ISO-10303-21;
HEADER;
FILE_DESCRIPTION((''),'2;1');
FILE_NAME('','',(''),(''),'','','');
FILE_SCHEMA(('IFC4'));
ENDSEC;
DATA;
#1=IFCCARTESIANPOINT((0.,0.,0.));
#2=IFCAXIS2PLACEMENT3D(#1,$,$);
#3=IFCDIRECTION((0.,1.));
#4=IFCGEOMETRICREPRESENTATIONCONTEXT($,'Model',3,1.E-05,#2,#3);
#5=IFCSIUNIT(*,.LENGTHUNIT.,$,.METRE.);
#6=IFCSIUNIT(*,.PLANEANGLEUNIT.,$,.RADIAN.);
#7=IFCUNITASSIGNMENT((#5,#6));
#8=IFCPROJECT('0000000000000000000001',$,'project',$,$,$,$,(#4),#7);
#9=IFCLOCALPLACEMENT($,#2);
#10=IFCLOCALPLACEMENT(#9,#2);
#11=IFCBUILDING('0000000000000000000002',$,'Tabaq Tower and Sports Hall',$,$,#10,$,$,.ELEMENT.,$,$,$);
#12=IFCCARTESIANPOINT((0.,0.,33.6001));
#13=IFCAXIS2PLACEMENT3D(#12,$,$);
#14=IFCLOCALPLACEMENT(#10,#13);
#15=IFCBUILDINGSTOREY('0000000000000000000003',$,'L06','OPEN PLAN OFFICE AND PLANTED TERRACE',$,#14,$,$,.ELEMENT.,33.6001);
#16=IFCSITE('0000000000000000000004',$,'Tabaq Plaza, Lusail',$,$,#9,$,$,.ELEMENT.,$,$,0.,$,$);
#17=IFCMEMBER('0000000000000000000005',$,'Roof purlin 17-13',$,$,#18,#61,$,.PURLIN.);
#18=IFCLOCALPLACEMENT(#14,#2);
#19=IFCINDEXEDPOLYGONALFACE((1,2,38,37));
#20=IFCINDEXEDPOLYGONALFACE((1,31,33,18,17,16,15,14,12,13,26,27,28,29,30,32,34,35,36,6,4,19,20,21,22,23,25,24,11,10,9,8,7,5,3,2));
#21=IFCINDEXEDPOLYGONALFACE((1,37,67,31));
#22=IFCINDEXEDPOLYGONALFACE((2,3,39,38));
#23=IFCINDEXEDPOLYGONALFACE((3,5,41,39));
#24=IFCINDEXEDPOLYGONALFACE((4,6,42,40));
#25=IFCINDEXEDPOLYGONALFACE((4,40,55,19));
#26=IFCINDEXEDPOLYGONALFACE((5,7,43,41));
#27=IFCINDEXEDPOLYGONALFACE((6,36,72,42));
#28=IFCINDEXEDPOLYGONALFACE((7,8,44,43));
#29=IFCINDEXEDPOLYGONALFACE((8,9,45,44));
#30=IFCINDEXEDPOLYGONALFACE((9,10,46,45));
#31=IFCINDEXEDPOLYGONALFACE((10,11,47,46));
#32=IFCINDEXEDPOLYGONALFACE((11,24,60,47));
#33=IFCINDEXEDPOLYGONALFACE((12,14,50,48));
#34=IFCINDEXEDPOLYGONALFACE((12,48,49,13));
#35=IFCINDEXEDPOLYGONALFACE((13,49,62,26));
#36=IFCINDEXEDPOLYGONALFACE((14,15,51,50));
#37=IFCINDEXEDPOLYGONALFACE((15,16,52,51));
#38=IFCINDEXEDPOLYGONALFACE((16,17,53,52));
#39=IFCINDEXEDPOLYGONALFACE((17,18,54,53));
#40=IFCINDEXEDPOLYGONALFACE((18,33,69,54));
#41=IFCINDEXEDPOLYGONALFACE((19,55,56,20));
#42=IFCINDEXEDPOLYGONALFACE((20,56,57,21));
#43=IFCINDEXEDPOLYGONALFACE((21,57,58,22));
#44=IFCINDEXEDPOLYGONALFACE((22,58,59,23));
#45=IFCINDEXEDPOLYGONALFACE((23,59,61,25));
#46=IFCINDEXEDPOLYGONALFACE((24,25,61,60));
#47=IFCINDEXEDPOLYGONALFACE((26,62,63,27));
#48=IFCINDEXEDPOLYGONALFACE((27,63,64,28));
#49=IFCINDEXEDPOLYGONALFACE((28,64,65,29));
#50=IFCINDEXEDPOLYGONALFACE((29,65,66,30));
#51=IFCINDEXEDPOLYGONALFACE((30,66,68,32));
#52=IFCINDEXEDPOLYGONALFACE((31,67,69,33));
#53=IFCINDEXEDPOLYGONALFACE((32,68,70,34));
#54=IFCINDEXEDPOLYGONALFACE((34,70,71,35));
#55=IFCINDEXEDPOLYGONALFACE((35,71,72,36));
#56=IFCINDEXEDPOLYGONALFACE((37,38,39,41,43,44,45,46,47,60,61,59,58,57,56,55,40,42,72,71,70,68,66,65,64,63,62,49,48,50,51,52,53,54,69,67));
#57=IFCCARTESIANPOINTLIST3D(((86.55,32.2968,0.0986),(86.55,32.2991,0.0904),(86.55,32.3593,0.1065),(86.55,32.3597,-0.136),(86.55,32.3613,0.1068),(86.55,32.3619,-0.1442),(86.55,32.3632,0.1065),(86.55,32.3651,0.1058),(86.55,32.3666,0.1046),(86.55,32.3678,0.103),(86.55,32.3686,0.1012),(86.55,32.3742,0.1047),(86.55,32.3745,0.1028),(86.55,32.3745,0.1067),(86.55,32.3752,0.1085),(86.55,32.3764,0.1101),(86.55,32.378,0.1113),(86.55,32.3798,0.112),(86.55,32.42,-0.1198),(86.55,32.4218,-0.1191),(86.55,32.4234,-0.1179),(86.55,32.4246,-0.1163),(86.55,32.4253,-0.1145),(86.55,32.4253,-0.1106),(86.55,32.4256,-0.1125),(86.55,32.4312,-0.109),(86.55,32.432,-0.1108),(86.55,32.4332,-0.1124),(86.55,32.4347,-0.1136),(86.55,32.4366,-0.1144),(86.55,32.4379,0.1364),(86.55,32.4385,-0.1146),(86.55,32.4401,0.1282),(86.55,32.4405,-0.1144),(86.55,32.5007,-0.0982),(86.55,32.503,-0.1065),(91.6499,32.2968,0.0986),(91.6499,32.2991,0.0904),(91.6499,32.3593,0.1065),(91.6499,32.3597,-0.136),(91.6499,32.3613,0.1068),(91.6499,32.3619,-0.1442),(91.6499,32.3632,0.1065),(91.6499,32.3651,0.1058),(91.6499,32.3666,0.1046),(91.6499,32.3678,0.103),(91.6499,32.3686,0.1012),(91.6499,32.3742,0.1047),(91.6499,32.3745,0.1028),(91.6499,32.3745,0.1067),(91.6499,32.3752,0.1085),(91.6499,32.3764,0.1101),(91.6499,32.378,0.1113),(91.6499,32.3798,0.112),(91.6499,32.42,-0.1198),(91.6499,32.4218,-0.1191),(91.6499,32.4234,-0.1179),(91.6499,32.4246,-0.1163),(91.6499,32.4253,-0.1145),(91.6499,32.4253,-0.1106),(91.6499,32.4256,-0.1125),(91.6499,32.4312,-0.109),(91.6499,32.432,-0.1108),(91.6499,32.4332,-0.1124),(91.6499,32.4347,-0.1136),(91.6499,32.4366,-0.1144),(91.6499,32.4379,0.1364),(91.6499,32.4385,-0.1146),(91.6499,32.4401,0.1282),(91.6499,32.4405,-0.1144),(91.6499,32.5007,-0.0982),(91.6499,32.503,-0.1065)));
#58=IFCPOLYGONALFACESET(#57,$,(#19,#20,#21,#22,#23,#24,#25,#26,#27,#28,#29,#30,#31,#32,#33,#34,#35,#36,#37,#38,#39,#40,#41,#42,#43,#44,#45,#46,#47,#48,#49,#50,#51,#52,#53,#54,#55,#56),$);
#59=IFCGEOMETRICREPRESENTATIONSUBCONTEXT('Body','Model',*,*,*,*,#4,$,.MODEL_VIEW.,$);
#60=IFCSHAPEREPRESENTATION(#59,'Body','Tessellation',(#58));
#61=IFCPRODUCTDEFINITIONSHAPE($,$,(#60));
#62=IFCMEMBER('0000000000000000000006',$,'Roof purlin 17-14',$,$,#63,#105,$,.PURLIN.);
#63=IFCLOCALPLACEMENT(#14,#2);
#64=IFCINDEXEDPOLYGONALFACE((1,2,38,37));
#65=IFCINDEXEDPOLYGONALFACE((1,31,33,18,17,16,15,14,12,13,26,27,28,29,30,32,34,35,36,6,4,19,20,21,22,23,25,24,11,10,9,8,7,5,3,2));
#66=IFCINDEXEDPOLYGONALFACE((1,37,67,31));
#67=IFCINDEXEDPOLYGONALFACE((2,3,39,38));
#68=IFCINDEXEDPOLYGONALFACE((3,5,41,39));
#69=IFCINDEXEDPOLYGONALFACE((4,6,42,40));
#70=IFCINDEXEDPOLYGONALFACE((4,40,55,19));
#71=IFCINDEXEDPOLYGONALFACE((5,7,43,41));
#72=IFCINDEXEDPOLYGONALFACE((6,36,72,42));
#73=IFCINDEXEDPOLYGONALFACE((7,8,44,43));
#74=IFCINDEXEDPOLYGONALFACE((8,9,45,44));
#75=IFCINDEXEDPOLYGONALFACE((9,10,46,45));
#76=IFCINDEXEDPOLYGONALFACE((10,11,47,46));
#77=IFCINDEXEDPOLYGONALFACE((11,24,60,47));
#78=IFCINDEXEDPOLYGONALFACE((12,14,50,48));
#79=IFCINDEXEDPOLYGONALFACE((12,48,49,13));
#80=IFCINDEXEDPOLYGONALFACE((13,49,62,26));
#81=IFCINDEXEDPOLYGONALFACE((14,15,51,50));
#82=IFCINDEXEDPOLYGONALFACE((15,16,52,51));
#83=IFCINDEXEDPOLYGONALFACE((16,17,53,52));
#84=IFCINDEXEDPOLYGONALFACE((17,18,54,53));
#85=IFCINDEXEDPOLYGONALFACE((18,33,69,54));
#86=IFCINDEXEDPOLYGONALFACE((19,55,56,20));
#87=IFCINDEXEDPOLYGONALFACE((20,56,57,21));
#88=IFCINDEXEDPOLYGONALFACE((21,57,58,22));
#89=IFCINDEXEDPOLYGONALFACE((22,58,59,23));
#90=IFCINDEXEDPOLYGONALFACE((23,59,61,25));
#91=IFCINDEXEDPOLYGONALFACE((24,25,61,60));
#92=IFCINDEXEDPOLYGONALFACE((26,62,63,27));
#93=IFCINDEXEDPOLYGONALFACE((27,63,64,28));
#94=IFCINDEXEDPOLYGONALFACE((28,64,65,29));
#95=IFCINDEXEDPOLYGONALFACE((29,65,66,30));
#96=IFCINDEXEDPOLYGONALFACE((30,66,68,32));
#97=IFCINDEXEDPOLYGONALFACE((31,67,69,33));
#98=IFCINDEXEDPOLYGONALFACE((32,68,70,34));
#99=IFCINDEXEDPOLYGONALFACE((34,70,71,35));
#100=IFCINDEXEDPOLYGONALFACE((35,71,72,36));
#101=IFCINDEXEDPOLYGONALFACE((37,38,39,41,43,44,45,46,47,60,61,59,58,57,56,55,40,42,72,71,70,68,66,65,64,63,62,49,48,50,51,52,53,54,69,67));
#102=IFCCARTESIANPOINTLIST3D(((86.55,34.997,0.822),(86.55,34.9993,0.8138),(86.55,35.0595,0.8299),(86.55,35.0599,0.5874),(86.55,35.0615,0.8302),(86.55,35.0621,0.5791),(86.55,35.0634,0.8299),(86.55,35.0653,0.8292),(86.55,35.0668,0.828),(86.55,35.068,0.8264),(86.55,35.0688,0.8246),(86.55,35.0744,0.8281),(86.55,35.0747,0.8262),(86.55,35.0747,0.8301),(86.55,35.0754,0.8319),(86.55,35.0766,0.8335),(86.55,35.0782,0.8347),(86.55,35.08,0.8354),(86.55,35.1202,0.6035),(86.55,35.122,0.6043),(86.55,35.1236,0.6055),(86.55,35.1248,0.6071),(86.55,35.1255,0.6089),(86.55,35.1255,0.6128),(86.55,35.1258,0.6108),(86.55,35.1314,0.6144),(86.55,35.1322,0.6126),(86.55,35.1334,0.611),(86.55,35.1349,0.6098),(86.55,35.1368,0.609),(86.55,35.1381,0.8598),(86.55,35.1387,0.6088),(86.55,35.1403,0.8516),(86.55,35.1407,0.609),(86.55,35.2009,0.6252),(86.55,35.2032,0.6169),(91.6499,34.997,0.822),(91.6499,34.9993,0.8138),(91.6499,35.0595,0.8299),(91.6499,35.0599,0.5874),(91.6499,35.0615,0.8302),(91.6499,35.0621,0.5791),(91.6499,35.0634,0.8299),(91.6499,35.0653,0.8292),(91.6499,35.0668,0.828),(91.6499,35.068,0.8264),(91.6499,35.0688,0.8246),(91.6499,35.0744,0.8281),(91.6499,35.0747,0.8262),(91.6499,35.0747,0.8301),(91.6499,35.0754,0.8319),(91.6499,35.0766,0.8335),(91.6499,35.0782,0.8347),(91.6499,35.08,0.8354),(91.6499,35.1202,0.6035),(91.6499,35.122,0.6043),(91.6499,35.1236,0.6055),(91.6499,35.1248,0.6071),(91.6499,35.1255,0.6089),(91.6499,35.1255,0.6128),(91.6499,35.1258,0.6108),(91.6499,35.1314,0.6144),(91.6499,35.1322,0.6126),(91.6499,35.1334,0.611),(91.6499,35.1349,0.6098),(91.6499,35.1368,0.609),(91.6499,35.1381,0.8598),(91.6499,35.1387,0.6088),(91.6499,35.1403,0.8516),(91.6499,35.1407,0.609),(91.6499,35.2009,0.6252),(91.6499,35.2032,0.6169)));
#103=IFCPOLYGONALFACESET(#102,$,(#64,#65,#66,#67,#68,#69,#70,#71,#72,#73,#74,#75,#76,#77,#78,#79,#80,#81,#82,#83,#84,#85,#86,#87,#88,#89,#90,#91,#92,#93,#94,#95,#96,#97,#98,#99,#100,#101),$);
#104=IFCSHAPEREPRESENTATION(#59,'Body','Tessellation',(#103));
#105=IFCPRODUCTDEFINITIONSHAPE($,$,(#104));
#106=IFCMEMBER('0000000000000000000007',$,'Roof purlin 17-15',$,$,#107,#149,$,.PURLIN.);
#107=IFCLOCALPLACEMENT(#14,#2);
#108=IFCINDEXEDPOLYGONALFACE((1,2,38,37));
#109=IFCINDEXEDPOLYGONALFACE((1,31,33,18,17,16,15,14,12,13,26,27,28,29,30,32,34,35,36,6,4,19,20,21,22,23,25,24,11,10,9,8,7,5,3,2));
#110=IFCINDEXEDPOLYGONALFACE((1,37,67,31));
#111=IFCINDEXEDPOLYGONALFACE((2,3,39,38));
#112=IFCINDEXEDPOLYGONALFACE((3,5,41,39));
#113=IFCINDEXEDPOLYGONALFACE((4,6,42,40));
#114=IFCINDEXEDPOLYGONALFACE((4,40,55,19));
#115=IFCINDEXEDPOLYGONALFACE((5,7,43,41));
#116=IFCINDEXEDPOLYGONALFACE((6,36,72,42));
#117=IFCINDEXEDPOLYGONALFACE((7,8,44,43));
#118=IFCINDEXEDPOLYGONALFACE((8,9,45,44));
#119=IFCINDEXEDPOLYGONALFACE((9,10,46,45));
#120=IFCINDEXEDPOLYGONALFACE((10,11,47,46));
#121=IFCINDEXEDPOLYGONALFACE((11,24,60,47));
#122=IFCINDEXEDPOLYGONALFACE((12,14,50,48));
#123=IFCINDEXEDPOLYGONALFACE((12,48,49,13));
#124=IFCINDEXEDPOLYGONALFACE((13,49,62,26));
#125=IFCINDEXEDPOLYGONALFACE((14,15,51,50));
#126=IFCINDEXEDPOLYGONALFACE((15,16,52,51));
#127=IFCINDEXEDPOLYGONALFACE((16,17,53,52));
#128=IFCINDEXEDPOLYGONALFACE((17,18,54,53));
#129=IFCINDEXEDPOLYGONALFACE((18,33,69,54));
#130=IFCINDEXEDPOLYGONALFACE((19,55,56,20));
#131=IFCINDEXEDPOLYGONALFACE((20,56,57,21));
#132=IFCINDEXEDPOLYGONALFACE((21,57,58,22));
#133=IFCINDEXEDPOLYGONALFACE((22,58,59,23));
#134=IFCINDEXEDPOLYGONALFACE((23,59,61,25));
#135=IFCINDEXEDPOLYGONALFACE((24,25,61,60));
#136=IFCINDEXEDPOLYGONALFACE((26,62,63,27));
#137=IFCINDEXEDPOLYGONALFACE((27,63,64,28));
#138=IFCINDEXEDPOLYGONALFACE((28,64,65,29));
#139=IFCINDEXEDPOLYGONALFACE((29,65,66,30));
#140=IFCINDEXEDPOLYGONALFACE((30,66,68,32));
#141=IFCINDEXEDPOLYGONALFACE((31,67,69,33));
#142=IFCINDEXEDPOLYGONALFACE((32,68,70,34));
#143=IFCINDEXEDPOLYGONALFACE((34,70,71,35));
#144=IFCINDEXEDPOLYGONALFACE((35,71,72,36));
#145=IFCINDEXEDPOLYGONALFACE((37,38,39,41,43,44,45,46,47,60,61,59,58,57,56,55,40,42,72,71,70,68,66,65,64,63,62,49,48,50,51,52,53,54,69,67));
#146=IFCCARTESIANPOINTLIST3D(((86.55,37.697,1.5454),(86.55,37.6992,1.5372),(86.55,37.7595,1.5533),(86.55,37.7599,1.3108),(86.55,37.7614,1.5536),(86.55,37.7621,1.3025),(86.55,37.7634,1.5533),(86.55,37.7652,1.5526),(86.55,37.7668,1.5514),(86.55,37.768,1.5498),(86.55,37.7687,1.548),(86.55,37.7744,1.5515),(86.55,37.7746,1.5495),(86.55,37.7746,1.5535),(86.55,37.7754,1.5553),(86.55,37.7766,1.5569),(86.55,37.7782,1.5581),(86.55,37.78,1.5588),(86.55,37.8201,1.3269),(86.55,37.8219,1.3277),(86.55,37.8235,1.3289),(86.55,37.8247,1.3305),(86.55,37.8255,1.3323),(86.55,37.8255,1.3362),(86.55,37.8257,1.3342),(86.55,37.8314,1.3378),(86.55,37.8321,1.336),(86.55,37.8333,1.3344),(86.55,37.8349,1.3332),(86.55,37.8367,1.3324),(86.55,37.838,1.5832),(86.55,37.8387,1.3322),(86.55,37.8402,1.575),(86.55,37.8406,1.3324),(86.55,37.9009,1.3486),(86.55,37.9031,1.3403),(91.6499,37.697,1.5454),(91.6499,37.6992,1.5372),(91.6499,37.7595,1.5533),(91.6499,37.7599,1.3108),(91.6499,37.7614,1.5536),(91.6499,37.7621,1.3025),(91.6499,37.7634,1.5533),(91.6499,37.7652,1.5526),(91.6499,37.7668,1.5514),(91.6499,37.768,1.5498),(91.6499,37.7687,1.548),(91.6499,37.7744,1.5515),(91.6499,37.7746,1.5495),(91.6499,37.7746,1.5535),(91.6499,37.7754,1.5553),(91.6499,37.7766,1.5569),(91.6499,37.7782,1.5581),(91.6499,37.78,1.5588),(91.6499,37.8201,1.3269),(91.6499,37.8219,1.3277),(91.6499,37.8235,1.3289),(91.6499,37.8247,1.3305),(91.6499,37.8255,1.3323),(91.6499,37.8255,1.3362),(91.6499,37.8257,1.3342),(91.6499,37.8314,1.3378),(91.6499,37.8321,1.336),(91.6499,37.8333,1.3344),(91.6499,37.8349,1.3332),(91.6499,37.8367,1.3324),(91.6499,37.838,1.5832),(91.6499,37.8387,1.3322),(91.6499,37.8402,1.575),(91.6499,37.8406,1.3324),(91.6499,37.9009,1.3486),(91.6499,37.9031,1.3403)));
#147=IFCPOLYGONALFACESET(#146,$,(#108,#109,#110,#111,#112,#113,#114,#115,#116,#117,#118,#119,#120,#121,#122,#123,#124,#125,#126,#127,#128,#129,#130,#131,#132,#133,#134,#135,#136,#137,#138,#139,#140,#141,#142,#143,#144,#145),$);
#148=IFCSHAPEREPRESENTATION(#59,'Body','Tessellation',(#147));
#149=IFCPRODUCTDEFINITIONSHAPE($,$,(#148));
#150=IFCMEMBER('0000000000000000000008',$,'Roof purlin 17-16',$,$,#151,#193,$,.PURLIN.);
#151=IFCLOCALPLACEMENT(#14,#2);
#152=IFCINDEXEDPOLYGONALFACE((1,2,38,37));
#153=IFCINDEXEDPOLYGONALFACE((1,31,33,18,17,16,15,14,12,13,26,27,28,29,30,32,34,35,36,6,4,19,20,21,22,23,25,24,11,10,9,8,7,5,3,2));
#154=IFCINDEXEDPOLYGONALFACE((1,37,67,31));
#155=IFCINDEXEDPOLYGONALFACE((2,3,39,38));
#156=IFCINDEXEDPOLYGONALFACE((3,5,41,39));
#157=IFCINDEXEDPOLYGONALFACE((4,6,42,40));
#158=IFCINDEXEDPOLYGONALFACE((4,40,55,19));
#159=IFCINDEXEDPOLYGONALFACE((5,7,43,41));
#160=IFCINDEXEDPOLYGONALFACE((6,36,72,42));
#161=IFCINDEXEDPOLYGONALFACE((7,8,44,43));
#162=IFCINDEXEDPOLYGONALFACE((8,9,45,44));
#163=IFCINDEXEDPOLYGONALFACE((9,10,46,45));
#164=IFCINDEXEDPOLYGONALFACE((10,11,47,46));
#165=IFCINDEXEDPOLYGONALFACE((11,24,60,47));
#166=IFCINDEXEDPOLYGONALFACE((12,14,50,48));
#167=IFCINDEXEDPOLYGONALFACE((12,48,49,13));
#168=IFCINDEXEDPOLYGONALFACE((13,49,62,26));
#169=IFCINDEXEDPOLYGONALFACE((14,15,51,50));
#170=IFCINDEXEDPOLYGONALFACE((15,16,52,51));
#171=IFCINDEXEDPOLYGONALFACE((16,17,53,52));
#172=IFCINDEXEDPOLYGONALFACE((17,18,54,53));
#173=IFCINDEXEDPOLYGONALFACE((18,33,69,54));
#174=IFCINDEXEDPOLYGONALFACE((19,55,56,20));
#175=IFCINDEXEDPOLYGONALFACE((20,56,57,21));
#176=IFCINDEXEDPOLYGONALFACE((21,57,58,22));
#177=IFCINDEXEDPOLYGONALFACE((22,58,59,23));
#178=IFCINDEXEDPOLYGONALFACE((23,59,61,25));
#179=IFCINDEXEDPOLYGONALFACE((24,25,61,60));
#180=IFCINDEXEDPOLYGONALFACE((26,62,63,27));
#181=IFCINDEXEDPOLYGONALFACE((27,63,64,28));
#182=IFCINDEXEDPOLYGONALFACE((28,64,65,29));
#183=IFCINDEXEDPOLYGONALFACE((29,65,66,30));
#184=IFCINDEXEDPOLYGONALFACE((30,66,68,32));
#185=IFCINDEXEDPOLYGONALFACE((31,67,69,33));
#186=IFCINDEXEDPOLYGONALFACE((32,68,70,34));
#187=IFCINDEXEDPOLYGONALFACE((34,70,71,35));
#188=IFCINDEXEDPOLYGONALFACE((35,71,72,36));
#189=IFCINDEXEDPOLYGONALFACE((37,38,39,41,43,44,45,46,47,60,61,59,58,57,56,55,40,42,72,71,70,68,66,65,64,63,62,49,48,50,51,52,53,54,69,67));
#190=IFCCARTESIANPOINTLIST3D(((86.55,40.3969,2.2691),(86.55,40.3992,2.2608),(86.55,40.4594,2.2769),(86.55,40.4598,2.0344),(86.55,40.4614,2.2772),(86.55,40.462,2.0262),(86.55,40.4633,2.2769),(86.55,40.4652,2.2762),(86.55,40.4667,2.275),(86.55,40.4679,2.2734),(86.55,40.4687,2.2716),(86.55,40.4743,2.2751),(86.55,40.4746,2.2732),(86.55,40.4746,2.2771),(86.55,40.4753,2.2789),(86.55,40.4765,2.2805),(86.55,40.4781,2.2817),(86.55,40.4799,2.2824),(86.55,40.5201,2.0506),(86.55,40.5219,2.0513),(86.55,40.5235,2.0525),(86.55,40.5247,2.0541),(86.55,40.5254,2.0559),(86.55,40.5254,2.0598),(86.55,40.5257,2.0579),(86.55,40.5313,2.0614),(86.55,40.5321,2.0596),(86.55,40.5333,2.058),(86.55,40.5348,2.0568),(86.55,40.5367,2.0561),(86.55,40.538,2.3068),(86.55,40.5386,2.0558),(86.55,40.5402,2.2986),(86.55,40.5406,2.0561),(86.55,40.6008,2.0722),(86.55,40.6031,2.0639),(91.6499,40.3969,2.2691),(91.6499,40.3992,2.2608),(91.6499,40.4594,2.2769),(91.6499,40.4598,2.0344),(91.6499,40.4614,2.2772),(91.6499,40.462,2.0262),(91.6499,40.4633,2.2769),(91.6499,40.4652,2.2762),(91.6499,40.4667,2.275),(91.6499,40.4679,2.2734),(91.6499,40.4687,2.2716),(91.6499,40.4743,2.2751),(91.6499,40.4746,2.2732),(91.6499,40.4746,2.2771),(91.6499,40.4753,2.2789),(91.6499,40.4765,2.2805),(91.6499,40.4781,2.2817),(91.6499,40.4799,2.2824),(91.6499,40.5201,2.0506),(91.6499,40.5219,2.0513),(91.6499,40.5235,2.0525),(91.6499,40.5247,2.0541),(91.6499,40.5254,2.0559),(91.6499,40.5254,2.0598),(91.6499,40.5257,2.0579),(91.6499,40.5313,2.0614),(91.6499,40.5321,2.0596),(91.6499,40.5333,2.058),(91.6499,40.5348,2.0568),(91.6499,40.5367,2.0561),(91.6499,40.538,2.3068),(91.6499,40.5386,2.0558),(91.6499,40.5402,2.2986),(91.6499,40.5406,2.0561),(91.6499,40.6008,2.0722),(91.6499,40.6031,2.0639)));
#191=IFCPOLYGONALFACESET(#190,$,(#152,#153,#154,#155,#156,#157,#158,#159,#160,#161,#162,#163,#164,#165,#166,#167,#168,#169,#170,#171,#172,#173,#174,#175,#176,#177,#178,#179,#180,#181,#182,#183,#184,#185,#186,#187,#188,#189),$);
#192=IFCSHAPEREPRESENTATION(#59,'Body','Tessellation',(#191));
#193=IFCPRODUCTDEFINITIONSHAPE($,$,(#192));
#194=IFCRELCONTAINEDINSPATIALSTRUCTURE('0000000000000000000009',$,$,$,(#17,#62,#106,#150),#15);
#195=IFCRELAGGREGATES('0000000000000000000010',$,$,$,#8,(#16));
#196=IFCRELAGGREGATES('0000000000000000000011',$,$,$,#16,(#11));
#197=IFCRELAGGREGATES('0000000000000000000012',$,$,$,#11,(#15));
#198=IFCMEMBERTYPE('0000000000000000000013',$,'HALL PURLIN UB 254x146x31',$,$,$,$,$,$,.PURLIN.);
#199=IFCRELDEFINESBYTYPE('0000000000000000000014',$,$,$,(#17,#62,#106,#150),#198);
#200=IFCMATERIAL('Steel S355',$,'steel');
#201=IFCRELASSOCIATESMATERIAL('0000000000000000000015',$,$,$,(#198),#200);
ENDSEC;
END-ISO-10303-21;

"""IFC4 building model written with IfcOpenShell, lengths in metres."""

from ifc_helpers import new_model, si_unit, direction, frame, origin, origin_2d, place, context, subcontext, project, spatial, i_section, extrude, material, material_profile, profile_set, type_object, element, save


model = new_model("IFC4")

# Units and contexts
model_context = context("Model", 3, precision=1e-05, world=origin(), true_north=direction((0.0, 1.0)))
body_context = subcontext(model_context, "Body", "Model", "MODEL_VIEW")
ifc_project = project(units=[si_unit("LENGTHUNIT", "METRE"), si_unit("PLANEANGLEUNIT", "RADIAN")], contexts=[model_context])

# Site, building, storey
site_placement = place(None, origin())
site = spatial("IfcSite", under=ifc_project, at=site_placement, Name="Tabaq Plaza, Lusail", CompositionType="ELEMENT", RefElevation=0.0)
building_placement = place(site_placement, origin())
building = spatial("IfcBuilding", under=site, at=building_placement, Name="Tabaq Tower and Sports Hall", CompositionType="ELEMENT")
storey_placement = place(building_placement, frame((0.0, 0.0, 33.6001)))
storey = spatial("IfcBuildingStorey", under=building, at=storey_placement, Name="L06", Description="OPEN PLAN OFFICE AND PLANTED TERRACE", CompositionType="ELEMENT", Elevation=33.6001)

# Members
ifc_material_1 = material(Name="Steel S355", Category="steel")
ifc_material_profile_1 = material_profile(ifc_material_1, i_section(OverallWidth=0.146, OverallDepth=0.2515, WebThickness=0.0061, FlangeThickness=0.0085, FilletRadius=0.0076, at=origin_2d()), Name="UB 254x146x31")
ifc_profile_set_1 = profile_set([ifc_material_profile_1], Name="Steel S355")
member_type = type_object("IfcMemberType", Name="HALL PURLIN UB 254x146x31", PredefinedType="PURLIN", material=ifc_profile_set_1)
for number, where, z_axis, x_axis, name in (
    (1, (86.55, 32.3999, -0.0039), (1.0, 0.0, 0.0), (0.0, 0.965926, 0.258819), "Roof purlin 17-13"),
    (2, (86.55, 35.1001, 0.7195), (1.0, 0.0, 0.0), (0.0, 0.965926, 0.258819), "Roof purlin 17-14"),
    (3, (86.55, 37.8, 1.4429), (1.0, 0.0, 0.0), (0.0, 0.965926, 0.258819), "Roof purlin 17-15"),
    (4, (86.55, 40.5, 2.1665), (1.0, 0.0, 0.0), (0.0, 0.965926, 0.258819), "Roof purlin 17-16"),
):
    element("IfcMember", number, at=place(storey_placement, frame(where, z_axis=z_axis, x_axis=x_axis)), inside=storey, type_object=member_type, Name=name, PredefinedType="PURLIN", context=body_context, shape_type="SweptSolid", body=[
        extrude(i_section(OverallWidth=0.146, OverallDepth=0.2515, WebThickness=0.0061, FlangeThickness=0.0085, FilletRadius=0.0076, at=origin_2d()), origin(), (0.0, 0.0, 1.0), 5.0999),
    ])

save(model, "model.ifc")
